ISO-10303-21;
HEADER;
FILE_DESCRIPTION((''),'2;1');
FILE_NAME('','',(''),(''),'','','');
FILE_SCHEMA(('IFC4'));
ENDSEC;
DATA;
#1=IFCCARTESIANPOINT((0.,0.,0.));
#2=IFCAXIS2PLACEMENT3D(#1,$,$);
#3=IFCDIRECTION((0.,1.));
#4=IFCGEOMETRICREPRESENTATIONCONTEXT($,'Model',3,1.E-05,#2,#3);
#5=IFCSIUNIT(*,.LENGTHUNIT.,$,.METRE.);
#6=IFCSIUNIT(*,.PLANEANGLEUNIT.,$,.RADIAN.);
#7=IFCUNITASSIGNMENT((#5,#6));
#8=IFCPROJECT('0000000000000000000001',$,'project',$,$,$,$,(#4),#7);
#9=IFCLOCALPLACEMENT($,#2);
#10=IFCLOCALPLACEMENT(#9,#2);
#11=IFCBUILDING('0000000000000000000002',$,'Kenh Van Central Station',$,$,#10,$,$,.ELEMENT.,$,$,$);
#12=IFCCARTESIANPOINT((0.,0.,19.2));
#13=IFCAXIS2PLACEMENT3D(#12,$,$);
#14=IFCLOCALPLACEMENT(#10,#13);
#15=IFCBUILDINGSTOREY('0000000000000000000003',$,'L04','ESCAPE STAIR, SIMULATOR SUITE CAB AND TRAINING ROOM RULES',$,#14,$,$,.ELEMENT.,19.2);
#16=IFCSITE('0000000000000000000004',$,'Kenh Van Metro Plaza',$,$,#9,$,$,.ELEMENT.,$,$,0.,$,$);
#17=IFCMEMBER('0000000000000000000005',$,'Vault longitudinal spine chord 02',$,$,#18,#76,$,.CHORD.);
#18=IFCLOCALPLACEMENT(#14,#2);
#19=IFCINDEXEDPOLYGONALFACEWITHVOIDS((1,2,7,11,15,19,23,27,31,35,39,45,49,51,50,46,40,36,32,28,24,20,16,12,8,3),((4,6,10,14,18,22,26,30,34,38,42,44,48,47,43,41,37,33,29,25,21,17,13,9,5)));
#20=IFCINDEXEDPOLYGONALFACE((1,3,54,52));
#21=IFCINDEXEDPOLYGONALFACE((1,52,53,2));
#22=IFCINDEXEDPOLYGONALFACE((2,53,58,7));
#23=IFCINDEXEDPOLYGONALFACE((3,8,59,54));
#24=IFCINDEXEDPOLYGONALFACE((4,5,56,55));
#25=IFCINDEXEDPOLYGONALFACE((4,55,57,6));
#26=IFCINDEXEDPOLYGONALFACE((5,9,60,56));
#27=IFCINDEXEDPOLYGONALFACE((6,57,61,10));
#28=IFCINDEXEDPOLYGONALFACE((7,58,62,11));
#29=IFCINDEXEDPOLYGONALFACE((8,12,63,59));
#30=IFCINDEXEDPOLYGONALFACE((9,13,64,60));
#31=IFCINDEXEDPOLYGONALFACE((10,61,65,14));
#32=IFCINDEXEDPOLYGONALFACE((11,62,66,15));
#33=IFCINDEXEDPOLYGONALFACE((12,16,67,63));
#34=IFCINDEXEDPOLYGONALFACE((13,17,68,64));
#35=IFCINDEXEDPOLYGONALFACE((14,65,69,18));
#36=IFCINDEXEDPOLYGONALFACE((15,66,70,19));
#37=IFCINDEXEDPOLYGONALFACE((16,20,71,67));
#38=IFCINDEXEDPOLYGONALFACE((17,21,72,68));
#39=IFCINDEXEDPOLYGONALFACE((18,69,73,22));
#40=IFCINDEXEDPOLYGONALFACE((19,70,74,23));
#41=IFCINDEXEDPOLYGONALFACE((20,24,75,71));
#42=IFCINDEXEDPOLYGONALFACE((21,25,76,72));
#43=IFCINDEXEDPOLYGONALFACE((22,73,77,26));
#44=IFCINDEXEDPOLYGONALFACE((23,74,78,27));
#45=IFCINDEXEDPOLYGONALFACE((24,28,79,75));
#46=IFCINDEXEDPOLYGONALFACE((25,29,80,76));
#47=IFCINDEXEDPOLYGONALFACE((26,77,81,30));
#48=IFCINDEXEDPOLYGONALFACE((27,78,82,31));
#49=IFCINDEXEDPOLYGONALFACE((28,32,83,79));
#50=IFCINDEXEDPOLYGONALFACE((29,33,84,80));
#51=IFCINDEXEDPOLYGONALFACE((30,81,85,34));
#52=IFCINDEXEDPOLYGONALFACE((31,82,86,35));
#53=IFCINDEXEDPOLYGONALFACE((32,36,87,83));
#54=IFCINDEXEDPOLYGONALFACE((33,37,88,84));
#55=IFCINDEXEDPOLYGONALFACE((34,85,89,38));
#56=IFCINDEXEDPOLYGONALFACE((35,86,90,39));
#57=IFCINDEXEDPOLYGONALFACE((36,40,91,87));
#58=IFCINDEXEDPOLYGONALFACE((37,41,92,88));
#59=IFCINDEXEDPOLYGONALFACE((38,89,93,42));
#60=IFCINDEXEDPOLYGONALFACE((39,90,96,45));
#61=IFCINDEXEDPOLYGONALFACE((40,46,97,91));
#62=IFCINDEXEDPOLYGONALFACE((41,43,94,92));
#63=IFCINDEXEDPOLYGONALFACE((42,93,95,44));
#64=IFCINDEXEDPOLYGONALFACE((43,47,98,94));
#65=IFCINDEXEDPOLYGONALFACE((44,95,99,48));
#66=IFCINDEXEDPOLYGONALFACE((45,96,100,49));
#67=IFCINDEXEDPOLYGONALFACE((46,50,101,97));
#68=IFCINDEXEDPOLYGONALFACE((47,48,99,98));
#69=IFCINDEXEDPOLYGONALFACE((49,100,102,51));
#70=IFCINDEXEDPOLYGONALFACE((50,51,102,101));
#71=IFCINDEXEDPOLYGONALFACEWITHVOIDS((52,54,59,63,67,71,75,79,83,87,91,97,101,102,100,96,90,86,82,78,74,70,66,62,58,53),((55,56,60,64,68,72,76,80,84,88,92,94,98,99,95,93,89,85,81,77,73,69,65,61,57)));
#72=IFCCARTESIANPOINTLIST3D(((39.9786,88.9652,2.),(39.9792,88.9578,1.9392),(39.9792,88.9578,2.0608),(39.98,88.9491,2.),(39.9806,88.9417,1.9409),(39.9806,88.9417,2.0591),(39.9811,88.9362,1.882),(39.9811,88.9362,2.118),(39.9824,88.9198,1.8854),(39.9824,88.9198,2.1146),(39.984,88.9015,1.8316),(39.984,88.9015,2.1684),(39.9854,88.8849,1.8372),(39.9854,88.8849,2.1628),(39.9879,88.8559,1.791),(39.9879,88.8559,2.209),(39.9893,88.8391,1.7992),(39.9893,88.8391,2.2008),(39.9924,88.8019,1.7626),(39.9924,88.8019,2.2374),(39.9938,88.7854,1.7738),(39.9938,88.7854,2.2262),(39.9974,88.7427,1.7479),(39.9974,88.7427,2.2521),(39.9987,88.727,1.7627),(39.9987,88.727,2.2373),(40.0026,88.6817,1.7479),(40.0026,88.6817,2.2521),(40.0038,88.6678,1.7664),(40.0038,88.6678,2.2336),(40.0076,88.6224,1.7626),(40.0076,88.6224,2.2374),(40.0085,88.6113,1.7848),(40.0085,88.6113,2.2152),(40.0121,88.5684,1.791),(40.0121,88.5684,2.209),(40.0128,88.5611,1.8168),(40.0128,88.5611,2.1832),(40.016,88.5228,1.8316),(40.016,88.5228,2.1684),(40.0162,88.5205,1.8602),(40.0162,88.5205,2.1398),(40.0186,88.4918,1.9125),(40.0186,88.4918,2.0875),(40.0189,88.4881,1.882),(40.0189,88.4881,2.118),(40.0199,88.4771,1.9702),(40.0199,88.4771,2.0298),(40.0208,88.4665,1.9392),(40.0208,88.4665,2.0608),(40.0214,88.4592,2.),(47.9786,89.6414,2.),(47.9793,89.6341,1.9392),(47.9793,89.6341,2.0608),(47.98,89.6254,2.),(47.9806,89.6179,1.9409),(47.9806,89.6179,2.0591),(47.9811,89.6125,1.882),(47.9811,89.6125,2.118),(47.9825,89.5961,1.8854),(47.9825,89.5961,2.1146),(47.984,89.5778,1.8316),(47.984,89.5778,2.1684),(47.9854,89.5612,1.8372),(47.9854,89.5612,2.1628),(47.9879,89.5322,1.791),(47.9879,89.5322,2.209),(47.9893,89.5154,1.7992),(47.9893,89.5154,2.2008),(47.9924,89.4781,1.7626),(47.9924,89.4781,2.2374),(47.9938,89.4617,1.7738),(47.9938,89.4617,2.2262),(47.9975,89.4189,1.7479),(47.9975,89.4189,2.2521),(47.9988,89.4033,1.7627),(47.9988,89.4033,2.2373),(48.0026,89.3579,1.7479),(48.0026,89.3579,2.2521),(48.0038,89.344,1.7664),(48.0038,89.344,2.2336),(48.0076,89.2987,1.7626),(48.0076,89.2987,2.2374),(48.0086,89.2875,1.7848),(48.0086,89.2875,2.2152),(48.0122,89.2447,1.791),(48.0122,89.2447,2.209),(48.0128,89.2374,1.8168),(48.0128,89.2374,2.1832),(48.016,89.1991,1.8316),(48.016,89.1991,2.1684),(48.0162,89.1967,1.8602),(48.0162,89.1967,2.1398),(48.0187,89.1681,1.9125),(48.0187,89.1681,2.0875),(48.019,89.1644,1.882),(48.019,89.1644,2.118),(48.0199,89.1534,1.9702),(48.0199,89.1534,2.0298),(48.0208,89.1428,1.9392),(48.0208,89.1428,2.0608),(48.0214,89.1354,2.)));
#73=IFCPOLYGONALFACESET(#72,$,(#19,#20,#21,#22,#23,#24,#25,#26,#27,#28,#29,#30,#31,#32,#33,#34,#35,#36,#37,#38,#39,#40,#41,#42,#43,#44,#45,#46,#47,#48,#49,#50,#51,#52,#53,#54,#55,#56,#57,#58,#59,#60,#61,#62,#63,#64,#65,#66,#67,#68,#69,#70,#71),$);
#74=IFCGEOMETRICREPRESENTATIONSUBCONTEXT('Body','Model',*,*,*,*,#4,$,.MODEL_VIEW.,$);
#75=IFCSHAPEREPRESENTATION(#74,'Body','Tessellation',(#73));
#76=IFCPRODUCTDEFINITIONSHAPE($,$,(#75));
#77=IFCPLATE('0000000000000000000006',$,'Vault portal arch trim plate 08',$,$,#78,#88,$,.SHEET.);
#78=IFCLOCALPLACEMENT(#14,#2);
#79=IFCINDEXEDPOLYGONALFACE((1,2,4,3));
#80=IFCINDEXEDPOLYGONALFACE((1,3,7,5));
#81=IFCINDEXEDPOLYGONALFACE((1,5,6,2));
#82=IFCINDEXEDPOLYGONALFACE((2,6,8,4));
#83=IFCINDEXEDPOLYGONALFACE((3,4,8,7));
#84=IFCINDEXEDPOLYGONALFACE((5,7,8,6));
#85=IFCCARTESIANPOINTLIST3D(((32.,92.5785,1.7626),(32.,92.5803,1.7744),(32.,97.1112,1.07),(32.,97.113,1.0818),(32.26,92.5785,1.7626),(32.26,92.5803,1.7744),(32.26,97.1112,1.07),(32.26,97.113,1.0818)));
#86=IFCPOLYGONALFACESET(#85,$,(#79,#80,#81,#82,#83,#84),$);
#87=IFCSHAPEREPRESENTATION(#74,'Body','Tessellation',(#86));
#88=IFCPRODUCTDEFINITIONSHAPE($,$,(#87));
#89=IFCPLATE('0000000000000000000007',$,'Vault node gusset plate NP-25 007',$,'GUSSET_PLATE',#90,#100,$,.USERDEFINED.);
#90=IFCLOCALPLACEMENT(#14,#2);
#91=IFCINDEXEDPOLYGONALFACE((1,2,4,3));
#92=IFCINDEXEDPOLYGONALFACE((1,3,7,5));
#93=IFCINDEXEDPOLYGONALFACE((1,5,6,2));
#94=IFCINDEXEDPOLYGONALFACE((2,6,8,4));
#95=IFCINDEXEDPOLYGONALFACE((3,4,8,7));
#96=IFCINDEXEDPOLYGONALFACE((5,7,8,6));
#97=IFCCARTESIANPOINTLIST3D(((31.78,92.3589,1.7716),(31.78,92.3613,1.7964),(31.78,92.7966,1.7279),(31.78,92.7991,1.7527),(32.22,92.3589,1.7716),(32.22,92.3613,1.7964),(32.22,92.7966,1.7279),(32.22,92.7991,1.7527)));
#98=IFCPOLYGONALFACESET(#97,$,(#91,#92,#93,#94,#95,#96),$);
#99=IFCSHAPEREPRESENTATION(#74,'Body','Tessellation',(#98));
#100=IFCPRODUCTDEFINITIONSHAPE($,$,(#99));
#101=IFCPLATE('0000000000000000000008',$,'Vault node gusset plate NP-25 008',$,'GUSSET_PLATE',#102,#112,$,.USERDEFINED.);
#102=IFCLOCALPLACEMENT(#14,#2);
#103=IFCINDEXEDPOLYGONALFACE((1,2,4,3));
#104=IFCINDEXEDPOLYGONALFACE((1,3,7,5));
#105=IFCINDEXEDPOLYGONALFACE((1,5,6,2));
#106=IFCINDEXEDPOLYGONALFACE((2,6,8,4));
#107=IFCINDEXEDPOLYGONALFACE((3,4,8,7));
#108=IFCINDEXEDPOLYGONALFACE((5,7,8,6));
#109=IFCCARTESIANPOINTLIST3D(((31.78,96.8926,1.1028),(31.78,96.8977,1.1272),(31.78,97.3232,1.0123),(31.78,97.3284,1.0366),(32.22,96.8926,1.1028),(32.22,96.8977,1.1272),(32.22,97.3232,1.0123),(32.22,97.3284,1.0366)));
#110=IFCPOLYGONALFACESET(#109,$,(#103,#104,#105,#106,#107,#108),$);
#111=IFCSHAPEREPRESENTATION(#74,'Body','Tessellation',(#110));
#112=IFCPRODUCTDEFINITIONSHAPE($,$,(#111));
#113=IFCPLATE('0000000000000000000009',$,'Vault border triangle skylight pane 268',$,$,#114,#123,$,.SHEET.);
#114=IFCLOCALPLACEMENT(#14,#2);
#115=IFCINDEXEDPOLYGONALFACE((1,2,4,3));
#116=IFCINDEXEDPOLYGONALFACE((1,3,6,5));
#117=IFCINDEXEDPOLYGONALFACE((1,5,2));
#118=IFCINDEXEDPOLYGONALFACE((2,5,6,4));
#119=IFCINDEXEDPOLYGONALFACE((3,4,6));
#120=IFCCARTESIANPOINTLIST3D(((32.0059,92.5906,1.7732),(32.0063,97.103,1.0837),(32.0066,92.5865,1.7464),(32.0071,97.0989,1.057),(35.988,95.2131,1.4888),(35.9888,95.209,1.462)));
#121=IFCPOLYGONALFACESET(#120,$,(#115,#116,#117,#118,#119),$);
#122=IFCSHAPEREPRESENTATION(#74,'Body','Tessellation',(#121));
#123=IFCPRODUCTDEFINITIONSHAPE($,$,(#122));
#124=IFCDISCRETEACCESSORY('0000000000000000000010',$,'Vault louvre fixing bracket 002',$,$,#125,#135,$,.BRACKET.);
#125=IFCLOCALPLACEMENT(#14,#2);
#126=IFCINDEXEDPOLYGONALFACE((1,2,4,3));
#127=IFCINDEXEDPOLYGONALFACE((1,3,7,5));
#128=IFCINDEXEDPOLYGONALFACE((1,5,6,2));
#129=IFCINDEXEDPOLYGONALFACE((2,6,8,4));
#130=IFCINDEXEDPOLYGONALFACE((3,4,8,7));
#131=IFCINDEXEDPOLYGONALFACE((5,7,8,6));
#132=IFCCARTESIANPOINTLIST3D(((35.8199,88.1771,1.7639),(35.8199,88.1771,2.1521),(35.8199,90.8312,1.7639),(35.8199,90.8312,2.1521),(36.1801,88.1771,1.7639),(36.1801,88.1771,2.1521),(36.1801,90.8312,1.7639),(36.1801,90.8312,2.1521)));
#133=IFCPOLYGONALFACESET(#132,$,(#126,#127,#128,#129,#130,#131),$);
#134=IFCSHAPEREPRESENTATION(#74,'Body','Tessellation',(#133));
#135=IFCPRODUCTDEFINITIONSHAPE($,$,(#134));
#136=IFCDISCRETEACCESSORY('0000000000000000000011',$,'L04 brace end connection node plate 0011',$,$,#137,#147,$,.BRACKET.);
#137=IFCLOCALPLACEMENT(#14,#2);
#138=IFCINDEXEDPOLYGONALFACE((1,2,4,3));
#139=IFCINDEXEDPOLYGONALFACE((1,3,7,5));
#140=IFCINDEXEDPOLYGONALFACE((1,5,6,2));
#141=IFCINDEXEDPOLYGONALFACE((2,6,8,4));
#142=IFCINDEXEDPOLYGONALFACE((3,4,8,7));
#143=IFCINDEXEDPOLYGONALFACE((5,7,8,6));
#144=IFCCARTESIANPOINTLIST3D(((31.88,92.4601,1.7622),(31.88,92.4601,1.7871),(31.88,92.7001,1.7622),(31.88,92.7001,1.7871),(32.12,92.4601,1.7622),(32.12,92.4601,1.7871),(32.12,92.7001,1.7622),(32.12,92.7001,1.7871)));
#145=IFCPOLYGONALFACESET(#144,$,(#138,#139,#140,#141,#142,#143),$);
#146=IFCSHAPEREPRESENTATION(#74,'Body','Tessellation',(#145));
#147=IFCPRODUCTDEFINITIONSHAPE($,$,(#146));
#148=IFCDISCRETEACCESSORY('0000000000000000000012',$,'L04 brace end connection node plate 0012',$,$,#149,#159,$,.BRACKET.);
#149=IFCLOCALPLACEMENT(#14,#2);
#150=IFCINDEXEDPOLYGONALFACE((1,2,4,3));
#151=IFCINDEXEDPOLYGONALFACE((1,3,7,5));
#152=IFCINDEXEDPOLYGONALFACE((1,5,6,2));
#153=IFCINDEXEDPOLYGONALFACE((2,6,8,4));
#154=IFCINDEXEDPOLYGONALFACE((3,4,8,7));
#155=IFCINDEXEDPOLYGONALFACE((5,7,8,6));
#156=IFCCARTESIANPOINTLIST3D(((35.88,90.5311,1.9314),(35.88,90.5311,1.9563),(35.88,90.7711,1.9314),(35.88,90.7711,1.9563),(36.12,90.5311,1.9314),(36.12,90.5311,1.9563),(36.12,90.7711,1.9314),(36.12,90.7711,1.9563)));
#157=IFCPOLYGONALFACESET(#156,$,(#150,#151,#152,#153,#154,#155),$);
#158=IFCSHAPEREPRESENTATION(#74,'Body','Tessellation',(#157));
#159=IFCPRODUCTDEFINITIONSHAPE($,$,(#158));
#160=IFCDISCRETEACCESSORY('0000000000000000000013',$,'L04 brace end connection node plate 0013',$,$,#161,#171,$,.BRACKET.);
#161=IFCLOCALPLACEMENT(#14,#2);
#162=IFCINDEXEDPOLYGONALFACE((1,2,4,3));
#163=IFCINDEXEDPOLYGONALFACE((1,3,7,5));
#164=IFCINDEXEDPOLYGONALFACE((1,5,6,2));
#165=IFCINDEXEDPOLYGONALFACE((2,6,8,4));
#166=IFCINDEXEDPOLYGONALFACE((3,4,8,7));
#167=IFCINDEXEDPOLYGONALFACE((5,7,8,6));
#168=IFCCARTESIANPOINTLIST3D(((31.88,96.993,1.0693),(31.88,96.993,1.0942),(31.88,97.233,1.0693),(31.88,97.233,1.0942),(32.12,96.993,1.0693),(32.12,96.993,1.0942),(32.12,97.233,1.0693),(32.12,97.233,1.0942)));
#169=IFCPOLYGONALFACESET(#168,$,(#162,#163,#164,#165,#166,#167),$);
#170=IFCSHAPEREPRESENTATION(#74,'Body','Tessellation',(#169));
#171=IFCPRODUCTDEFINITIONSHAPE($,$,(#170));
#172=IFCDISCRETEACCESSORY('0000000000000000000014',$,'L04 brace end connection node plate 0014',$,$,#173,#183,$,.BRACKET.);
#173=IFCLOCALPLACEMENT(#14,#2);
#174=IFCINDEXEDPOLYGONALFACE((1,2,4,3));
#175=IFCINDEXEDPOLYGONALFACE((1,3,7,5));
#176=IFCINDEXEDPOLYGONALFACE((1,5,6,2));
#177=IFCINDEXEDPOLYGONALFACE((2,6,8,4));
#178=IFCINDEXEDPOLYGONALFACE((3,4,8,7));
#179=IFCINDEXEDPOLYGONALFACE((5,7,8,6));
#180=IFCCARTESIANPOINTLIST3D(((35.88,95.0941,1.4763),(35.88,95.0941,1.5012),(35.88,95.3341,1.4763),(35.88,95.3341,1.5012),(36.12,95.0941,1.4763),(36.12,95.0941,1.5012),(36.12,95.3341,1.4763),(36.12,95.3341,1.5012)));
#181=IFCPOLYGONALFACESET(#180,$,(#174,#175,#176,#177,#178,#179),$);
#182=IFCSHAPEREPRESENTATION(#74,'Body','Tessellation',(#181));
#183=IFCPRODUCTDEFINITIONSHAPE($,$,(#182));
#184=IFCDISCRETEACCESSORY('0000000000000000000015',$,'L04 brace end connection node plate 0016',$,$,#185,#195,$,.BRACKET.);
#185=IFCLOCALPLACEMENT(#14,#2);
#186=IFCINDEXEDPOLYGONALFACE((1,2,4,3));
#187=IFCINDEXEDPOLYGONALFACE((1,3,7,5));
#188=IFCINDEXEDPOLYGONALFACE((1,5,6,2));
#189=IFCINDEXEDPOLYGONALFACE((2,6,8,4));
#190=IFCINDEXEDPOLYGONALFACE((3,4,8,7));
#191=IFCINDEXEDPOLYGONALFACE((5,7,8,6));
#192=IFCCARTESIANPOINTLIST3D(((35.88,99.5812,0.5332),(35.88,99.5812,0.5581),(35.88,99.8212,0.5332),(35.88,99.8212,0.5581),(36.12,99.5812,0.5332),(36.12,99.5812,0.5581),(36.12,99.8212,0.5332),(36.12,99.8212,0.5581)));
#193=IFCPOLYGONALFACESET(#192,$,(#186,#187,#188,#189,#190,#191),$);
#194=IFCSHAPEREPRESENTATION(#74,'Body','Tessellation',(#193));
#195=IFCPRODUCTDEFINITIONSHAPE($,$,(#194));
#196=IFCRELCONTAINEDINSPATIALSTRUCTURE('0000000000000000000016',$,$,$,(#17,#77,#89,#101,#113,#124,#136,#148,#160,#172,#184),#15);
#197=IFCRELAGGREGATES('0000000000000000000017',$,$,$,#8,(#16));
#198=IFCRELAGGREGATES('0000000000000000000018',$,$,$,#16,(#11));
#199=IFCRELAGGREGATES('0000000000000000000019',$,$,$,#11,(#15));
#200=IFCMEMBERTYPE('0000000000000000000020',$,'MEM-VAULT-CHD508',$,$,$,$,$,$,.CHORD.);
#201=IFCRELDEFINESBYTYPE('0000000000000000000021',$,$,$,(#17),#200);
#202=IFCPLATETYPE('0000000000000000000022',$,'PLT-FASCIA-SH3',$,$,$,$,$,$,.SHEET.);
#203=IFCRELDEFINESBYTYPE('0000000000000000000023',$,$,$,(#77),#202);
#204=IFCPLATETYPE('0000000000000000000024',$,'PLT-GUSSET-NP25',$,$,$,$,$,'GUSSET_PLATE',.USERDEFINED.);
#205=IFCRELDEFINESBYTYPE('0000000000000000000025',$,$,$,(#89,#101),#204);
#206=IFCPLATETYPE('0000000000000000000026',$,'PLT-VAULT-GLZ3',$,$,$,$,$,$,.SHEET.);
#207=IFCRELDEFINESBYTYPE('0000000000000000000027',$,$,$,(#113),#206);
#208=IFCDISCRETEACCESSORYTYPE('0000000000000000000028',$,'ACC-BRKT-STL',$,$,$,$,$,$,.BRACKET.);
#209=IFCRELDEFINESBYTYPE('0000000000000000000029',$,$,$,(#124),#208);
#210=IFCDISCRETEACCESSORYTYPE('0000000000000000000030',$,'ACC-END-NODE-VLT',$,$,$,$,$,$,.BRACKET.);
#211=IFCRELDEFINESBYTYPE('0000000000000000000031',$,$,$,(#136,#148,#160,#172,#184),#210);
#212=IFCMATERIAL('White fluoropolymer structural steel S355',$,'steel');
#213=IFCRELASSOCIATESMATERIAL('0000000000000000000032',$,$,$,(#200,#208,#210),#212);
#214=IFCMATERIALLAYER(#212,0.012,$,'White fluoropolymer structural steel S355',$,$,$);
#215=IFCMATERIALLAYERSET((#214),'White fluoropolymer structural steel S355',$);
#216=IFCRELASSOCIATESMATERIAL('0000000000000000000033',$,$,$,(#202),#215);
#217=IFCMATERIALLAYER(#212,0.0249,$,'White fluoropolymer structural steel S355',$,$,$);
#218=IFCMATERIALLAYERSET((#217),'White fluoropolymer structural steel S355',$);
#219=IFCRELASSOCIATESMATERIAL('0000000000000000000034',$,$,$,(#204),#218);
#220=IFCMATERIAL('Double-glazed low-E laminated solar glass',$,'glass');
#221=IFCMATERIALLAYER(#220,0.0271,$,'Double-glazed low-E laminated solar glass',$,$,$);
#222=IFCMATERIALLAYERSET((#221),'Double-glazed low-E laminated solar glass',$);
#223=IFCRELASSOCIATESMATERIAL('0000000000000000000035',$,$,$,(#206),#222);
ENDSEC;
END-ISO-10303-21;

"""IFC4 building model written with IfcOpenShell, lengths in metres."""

from ifc_helpers import new_model, si_unit, direction, frame, origin, origin_2d, place, context, subcontext, project, spatial, polyline, rectangle, hollow_circle, outline, extrude, material, layer, layer_set, material_profile, profile_set, type_object, element, save


model = new_model("IFC4")

# Units and contexts
model_context = context("Model", 3, precision=1e-05, world=origin(), true_north=direction((0.0, 1.0)))
body_context = subcontext(model_context, "Body", "Model", "MODEL_VIEW")
ifc_project = project(units=[si_unit("LENGTHUNIT", "METRE"), si_unit("PLANEANGLEUNIT", "RADIAN")], contexts=[model_context])

# Site, building, storey
site_placement = place(None, origin())
site = spatial("IfcSite", under=ifc_project, at=site_placement, Name="Kenh Van Metro Plaza", CompositionType="ELEMENT", RefElevation=0.0)
building_placement = place(site_placement, origin())
building = spatial("IfcBuilding", under=site, at=building_placement, Name="Kenh Van Central Station", CompositionType="ELEMENT")
storey_placement = place(building_placement, frame((0.0, 0.0, 19.2)))
storey = spatial("IfcBuildingStorey", under=building, at=storey_placement, Name="L04", Description="ESCAPE STAIR, SIMULATOR SUITE CAB AND TRAINING ROOM RULES", CompositionType="ELEMENT", Elevation=19.2)

# Shared definitions
ifc_material_1 = material(Name="White fluoropolymer structural steel S355", Category="steel")

# Member
ifc_material_profile_1 = material_profile(ifc_material_1, hollow_circle(Radius=0.2539, WallThickness=0.0161, at=origin_2d()), Name="CHS 508x16")
ifc_profile_set_1 = profile_set([ifc_material_profile_1], Name="White fluoropolymer structural steel S355")
member_type_1 = type_object("IfcMemberType", Name="MEM-VAULT-CHD508", PredefinedType="CHORD", material=ifc_profile_set_1)
member_1_placement = place(storey_placement, frame((40.0, 88.7122, 2.0), z_axis=(0.996446, 0.084233, 0.0), x_axis=(-0.084233, 0.996446, 0.0)))
element("IfcMember", 1, at=member_1_placement, inside=storey, type_object=member_type_1, Name="Vault longitudinal spine chord 02", PredefinedType="CHORD", context=body_context, shape_type="SweptSolid", body=[
    extrude(hollow_circle(Radius=0.2539, WallThickness=0.0161, at=origin_2d()), origin(), (0.0, 0.0, 1.0), 8.0286),
])

# Plates
ifc_layer_1 = layer(ifc_material_1, 0.012, Name="White fluoropolymer structural steel S355")
ifc_layer_set_1 = layer_set([ifc_layer_1], Name="White fluoropolymer structural steel S355")
plate_type_1 = type_object("IfcPlateType", Name="PLT-FASCIA-SH3", PredefinedType="SHEET", material=ifc_layer_set_1)
plate_1_placement = place(storey_placement, frame((32.0, 92.5803, 1.7744), z_axis=(0.0, 0.151053, 0.988526), x_axis=(1.0, 0.0, 0.0)))
element("IfcPlate", 2, at=plate_1_placement, inside=storey, type_object=plate_type_1, Name="Vault portal arch trim plate 08", PredefinedType="SHEET", context=body_context, shape_type="SweptSolid", body=[
    extrude(outline(polyline([(0.0, 0.0), (0.26, 0.0), (0.26, 4.5853), (0.0, 4.5853), (0.0, 0.0)])), origin(), (0.0, 0.0, -1.0), 0.012),
])
ifc_layer_2 = layer(ifc_material_1, 0.0249, Name="White fluoropolymer structural steel S355")
ifc_layer_set_2 = layer_set([ifc_layer_2], Name="White fluoropolymer structural steel S355")
plate_type_2 = type_object("IfcPlateType", Name="PLT-GUSSET-NP25", ElementType="GUSSET_PLATE", PredefinedType="USERDEFINED", material=ifc_layer_set_2)
plate_2_placement = place(storey_placement, frame((31.78, 92.3613, 1.7964), z_axis=(0.0, 0.099339, 0.995054), x_axis=(1.0, 0.0, 0.0)))
element("IfcPlate", 3, at=plate_2_placement, inside=storey, type_object=plate_type_2, Name="Vault node gusset plate NP-25 007", ObjectType="GUSSET_PLATE", PredefinedType="USERDEFINED", context=body_context, shape_type="SweptSolid", body=[
    extrude(outline(polyline([(0.0, 0.0), (0.4399, 0.0), (0.4399, 0.4399), (0.0, 0.4399), (0.0, 0.0)])), origin(), (0.0, 0.0, -1.0), 0.0249),
])
plate_3_placement = place(storey_placement, frame((31.78, 96.8977, 1.1272), z_axis=(0.0, 0.205815, 0.978591), x_axis=(1.0, 0.0, 0.0)))
element("IfcPlate", 4, at=plate_3_placement, inside=storey, type_object=plate_type_2, Name="Vault node gusset plate NP-25 008", ObjectType="GUSSET_PLATE", PredefinedType="USERDEFINED", context=body_context, shape_type="SweptSolid", body=[
    extrude(outline(polyline([(0.0, 0.0), (0.4399, 0.0), (0.4399, 0.4401), (0.0, 0.4401), (0.0, 0.0)])), origin(), (0.0, 0.0, -1.0), 0.0249),
])
ifc_material_2 = material(Name="Double-glazed low-E laminated solar glass", Category="glass")
ifc_layer_3 = layer(ifc_material_2, 0.0271, Name="Double-glazed low-E laminated solar glass")
ifc_layer_set_3 = layer_set([ifc_layer_3], Name="Double-glazed low-E laminated solar glass")
plate_type_3 = type_object("IfcPlateType", Name="PLT-VAULT-GLZ3", PredefinedType="SHEET", material=ifc_layer_set_3)
plate_4_placement = place(storey_placement, frame((32.0059, 92.5906, 1.7732), z_axis=(-0.028854, 0.150976, 0.988116), x_axis=(0.833675, 0.549036, -0.059545)))
element("IfcPlate", 5, at=plate_4_placement, inside=storey, type_object=plate_type_3, Name="Vault border triangle skylight pane 268", PredefinedType="SHEET", context=body_context, shape_type="SweptSolid", body=[
    extrude(outline(polyline([(0.0, 0.0), (4.7767, 0.0), (2.519, 3.8069), (0.0, 0.0)])), origin(), (0.0, 0.0, -1.0), 0.0271),
])

# Discrete accessories
discrete_accessory_type_1 = type_object("IfcDiscreteAccessoryType", Name="ACC-BRKT-STL", PredefinedType="BRACKET", material=ifc_material_1)
discrete_accessory_placement = place(storey_placement, frame((36.0, 89.5042, 1.7639), z_axis=(0.0, 0.0, 1.0), x_axis=(1.0, 0.0, 0.0)))
element("IfcDiscreteAccessory", 6, at=discrete_accessory_placement, inside=storey, type_object=discrete_accessory_type_1, Name="Vault louvre fixing bracket 002", PredefinedType="BRACKET", context=body_context, shape_type="SweptSolid", body=[
    extrude(rectangle(XDim=0.3601, YDim=2.6541, at=origin_2d()), origin(), (0.0, 0.0, 1.0), 0.3882),
])
discrete_accessory_type_2 = type_object("IfcDiscreteAccessoryType", Name="ACC-END-NODE-VLT", PredefinedType="BRACKET", material=ifc_material_1)
for number, where, z_axis, x_axis, name in (
    (7, (32.0, 92.5801, 1.7622), (0.0, 0.0, 1.0), (1.0, 0.0, 0.0), "L04 brace end connection node plate 0011"),
    (8, (36.0, 90.6511, 1.9314), (0.0, 0.0, 1.0), (1.0, 0.0, 0.0), "L04 brace end connection node plate 0012"),
    (9, (32.0, 97.113, 1.0693), (0.0, 0.0, 1.0), (1.0, 0.0, 0.0), "L04 brace end connection node plate 0013"),
    (10, (36.0, 95.2141, 1.4763), (0.0, 0.0, 1.0), (1.0, 0.0, 0.0), "L04 brace end connection node plate 0014"),
    (11, (36.0, 99.7012, 0.5332), (0.0, 0.0, 1.0), (1.0, 0.0, 0.0), "L04 brace end connection node plate 0016"),
):
    element("IfcDiscreteAccessory", number, at=place(storey_placement, frame(where, z_axis=z_axis, x_axis=x_axis)), inside=storey, type_object=discrete_accessory_type_2, Name=name, PredefinedType="BRACKET", context=body_context, shape_type="SweptSolid", body=[
        extrude(rectangle(XDim=0.24, YDim=0.24, at=origin_2d()), origin(), (0.0, 0.0, 1.0), 0.0249),
    ])

save(model, "model.ifc")
